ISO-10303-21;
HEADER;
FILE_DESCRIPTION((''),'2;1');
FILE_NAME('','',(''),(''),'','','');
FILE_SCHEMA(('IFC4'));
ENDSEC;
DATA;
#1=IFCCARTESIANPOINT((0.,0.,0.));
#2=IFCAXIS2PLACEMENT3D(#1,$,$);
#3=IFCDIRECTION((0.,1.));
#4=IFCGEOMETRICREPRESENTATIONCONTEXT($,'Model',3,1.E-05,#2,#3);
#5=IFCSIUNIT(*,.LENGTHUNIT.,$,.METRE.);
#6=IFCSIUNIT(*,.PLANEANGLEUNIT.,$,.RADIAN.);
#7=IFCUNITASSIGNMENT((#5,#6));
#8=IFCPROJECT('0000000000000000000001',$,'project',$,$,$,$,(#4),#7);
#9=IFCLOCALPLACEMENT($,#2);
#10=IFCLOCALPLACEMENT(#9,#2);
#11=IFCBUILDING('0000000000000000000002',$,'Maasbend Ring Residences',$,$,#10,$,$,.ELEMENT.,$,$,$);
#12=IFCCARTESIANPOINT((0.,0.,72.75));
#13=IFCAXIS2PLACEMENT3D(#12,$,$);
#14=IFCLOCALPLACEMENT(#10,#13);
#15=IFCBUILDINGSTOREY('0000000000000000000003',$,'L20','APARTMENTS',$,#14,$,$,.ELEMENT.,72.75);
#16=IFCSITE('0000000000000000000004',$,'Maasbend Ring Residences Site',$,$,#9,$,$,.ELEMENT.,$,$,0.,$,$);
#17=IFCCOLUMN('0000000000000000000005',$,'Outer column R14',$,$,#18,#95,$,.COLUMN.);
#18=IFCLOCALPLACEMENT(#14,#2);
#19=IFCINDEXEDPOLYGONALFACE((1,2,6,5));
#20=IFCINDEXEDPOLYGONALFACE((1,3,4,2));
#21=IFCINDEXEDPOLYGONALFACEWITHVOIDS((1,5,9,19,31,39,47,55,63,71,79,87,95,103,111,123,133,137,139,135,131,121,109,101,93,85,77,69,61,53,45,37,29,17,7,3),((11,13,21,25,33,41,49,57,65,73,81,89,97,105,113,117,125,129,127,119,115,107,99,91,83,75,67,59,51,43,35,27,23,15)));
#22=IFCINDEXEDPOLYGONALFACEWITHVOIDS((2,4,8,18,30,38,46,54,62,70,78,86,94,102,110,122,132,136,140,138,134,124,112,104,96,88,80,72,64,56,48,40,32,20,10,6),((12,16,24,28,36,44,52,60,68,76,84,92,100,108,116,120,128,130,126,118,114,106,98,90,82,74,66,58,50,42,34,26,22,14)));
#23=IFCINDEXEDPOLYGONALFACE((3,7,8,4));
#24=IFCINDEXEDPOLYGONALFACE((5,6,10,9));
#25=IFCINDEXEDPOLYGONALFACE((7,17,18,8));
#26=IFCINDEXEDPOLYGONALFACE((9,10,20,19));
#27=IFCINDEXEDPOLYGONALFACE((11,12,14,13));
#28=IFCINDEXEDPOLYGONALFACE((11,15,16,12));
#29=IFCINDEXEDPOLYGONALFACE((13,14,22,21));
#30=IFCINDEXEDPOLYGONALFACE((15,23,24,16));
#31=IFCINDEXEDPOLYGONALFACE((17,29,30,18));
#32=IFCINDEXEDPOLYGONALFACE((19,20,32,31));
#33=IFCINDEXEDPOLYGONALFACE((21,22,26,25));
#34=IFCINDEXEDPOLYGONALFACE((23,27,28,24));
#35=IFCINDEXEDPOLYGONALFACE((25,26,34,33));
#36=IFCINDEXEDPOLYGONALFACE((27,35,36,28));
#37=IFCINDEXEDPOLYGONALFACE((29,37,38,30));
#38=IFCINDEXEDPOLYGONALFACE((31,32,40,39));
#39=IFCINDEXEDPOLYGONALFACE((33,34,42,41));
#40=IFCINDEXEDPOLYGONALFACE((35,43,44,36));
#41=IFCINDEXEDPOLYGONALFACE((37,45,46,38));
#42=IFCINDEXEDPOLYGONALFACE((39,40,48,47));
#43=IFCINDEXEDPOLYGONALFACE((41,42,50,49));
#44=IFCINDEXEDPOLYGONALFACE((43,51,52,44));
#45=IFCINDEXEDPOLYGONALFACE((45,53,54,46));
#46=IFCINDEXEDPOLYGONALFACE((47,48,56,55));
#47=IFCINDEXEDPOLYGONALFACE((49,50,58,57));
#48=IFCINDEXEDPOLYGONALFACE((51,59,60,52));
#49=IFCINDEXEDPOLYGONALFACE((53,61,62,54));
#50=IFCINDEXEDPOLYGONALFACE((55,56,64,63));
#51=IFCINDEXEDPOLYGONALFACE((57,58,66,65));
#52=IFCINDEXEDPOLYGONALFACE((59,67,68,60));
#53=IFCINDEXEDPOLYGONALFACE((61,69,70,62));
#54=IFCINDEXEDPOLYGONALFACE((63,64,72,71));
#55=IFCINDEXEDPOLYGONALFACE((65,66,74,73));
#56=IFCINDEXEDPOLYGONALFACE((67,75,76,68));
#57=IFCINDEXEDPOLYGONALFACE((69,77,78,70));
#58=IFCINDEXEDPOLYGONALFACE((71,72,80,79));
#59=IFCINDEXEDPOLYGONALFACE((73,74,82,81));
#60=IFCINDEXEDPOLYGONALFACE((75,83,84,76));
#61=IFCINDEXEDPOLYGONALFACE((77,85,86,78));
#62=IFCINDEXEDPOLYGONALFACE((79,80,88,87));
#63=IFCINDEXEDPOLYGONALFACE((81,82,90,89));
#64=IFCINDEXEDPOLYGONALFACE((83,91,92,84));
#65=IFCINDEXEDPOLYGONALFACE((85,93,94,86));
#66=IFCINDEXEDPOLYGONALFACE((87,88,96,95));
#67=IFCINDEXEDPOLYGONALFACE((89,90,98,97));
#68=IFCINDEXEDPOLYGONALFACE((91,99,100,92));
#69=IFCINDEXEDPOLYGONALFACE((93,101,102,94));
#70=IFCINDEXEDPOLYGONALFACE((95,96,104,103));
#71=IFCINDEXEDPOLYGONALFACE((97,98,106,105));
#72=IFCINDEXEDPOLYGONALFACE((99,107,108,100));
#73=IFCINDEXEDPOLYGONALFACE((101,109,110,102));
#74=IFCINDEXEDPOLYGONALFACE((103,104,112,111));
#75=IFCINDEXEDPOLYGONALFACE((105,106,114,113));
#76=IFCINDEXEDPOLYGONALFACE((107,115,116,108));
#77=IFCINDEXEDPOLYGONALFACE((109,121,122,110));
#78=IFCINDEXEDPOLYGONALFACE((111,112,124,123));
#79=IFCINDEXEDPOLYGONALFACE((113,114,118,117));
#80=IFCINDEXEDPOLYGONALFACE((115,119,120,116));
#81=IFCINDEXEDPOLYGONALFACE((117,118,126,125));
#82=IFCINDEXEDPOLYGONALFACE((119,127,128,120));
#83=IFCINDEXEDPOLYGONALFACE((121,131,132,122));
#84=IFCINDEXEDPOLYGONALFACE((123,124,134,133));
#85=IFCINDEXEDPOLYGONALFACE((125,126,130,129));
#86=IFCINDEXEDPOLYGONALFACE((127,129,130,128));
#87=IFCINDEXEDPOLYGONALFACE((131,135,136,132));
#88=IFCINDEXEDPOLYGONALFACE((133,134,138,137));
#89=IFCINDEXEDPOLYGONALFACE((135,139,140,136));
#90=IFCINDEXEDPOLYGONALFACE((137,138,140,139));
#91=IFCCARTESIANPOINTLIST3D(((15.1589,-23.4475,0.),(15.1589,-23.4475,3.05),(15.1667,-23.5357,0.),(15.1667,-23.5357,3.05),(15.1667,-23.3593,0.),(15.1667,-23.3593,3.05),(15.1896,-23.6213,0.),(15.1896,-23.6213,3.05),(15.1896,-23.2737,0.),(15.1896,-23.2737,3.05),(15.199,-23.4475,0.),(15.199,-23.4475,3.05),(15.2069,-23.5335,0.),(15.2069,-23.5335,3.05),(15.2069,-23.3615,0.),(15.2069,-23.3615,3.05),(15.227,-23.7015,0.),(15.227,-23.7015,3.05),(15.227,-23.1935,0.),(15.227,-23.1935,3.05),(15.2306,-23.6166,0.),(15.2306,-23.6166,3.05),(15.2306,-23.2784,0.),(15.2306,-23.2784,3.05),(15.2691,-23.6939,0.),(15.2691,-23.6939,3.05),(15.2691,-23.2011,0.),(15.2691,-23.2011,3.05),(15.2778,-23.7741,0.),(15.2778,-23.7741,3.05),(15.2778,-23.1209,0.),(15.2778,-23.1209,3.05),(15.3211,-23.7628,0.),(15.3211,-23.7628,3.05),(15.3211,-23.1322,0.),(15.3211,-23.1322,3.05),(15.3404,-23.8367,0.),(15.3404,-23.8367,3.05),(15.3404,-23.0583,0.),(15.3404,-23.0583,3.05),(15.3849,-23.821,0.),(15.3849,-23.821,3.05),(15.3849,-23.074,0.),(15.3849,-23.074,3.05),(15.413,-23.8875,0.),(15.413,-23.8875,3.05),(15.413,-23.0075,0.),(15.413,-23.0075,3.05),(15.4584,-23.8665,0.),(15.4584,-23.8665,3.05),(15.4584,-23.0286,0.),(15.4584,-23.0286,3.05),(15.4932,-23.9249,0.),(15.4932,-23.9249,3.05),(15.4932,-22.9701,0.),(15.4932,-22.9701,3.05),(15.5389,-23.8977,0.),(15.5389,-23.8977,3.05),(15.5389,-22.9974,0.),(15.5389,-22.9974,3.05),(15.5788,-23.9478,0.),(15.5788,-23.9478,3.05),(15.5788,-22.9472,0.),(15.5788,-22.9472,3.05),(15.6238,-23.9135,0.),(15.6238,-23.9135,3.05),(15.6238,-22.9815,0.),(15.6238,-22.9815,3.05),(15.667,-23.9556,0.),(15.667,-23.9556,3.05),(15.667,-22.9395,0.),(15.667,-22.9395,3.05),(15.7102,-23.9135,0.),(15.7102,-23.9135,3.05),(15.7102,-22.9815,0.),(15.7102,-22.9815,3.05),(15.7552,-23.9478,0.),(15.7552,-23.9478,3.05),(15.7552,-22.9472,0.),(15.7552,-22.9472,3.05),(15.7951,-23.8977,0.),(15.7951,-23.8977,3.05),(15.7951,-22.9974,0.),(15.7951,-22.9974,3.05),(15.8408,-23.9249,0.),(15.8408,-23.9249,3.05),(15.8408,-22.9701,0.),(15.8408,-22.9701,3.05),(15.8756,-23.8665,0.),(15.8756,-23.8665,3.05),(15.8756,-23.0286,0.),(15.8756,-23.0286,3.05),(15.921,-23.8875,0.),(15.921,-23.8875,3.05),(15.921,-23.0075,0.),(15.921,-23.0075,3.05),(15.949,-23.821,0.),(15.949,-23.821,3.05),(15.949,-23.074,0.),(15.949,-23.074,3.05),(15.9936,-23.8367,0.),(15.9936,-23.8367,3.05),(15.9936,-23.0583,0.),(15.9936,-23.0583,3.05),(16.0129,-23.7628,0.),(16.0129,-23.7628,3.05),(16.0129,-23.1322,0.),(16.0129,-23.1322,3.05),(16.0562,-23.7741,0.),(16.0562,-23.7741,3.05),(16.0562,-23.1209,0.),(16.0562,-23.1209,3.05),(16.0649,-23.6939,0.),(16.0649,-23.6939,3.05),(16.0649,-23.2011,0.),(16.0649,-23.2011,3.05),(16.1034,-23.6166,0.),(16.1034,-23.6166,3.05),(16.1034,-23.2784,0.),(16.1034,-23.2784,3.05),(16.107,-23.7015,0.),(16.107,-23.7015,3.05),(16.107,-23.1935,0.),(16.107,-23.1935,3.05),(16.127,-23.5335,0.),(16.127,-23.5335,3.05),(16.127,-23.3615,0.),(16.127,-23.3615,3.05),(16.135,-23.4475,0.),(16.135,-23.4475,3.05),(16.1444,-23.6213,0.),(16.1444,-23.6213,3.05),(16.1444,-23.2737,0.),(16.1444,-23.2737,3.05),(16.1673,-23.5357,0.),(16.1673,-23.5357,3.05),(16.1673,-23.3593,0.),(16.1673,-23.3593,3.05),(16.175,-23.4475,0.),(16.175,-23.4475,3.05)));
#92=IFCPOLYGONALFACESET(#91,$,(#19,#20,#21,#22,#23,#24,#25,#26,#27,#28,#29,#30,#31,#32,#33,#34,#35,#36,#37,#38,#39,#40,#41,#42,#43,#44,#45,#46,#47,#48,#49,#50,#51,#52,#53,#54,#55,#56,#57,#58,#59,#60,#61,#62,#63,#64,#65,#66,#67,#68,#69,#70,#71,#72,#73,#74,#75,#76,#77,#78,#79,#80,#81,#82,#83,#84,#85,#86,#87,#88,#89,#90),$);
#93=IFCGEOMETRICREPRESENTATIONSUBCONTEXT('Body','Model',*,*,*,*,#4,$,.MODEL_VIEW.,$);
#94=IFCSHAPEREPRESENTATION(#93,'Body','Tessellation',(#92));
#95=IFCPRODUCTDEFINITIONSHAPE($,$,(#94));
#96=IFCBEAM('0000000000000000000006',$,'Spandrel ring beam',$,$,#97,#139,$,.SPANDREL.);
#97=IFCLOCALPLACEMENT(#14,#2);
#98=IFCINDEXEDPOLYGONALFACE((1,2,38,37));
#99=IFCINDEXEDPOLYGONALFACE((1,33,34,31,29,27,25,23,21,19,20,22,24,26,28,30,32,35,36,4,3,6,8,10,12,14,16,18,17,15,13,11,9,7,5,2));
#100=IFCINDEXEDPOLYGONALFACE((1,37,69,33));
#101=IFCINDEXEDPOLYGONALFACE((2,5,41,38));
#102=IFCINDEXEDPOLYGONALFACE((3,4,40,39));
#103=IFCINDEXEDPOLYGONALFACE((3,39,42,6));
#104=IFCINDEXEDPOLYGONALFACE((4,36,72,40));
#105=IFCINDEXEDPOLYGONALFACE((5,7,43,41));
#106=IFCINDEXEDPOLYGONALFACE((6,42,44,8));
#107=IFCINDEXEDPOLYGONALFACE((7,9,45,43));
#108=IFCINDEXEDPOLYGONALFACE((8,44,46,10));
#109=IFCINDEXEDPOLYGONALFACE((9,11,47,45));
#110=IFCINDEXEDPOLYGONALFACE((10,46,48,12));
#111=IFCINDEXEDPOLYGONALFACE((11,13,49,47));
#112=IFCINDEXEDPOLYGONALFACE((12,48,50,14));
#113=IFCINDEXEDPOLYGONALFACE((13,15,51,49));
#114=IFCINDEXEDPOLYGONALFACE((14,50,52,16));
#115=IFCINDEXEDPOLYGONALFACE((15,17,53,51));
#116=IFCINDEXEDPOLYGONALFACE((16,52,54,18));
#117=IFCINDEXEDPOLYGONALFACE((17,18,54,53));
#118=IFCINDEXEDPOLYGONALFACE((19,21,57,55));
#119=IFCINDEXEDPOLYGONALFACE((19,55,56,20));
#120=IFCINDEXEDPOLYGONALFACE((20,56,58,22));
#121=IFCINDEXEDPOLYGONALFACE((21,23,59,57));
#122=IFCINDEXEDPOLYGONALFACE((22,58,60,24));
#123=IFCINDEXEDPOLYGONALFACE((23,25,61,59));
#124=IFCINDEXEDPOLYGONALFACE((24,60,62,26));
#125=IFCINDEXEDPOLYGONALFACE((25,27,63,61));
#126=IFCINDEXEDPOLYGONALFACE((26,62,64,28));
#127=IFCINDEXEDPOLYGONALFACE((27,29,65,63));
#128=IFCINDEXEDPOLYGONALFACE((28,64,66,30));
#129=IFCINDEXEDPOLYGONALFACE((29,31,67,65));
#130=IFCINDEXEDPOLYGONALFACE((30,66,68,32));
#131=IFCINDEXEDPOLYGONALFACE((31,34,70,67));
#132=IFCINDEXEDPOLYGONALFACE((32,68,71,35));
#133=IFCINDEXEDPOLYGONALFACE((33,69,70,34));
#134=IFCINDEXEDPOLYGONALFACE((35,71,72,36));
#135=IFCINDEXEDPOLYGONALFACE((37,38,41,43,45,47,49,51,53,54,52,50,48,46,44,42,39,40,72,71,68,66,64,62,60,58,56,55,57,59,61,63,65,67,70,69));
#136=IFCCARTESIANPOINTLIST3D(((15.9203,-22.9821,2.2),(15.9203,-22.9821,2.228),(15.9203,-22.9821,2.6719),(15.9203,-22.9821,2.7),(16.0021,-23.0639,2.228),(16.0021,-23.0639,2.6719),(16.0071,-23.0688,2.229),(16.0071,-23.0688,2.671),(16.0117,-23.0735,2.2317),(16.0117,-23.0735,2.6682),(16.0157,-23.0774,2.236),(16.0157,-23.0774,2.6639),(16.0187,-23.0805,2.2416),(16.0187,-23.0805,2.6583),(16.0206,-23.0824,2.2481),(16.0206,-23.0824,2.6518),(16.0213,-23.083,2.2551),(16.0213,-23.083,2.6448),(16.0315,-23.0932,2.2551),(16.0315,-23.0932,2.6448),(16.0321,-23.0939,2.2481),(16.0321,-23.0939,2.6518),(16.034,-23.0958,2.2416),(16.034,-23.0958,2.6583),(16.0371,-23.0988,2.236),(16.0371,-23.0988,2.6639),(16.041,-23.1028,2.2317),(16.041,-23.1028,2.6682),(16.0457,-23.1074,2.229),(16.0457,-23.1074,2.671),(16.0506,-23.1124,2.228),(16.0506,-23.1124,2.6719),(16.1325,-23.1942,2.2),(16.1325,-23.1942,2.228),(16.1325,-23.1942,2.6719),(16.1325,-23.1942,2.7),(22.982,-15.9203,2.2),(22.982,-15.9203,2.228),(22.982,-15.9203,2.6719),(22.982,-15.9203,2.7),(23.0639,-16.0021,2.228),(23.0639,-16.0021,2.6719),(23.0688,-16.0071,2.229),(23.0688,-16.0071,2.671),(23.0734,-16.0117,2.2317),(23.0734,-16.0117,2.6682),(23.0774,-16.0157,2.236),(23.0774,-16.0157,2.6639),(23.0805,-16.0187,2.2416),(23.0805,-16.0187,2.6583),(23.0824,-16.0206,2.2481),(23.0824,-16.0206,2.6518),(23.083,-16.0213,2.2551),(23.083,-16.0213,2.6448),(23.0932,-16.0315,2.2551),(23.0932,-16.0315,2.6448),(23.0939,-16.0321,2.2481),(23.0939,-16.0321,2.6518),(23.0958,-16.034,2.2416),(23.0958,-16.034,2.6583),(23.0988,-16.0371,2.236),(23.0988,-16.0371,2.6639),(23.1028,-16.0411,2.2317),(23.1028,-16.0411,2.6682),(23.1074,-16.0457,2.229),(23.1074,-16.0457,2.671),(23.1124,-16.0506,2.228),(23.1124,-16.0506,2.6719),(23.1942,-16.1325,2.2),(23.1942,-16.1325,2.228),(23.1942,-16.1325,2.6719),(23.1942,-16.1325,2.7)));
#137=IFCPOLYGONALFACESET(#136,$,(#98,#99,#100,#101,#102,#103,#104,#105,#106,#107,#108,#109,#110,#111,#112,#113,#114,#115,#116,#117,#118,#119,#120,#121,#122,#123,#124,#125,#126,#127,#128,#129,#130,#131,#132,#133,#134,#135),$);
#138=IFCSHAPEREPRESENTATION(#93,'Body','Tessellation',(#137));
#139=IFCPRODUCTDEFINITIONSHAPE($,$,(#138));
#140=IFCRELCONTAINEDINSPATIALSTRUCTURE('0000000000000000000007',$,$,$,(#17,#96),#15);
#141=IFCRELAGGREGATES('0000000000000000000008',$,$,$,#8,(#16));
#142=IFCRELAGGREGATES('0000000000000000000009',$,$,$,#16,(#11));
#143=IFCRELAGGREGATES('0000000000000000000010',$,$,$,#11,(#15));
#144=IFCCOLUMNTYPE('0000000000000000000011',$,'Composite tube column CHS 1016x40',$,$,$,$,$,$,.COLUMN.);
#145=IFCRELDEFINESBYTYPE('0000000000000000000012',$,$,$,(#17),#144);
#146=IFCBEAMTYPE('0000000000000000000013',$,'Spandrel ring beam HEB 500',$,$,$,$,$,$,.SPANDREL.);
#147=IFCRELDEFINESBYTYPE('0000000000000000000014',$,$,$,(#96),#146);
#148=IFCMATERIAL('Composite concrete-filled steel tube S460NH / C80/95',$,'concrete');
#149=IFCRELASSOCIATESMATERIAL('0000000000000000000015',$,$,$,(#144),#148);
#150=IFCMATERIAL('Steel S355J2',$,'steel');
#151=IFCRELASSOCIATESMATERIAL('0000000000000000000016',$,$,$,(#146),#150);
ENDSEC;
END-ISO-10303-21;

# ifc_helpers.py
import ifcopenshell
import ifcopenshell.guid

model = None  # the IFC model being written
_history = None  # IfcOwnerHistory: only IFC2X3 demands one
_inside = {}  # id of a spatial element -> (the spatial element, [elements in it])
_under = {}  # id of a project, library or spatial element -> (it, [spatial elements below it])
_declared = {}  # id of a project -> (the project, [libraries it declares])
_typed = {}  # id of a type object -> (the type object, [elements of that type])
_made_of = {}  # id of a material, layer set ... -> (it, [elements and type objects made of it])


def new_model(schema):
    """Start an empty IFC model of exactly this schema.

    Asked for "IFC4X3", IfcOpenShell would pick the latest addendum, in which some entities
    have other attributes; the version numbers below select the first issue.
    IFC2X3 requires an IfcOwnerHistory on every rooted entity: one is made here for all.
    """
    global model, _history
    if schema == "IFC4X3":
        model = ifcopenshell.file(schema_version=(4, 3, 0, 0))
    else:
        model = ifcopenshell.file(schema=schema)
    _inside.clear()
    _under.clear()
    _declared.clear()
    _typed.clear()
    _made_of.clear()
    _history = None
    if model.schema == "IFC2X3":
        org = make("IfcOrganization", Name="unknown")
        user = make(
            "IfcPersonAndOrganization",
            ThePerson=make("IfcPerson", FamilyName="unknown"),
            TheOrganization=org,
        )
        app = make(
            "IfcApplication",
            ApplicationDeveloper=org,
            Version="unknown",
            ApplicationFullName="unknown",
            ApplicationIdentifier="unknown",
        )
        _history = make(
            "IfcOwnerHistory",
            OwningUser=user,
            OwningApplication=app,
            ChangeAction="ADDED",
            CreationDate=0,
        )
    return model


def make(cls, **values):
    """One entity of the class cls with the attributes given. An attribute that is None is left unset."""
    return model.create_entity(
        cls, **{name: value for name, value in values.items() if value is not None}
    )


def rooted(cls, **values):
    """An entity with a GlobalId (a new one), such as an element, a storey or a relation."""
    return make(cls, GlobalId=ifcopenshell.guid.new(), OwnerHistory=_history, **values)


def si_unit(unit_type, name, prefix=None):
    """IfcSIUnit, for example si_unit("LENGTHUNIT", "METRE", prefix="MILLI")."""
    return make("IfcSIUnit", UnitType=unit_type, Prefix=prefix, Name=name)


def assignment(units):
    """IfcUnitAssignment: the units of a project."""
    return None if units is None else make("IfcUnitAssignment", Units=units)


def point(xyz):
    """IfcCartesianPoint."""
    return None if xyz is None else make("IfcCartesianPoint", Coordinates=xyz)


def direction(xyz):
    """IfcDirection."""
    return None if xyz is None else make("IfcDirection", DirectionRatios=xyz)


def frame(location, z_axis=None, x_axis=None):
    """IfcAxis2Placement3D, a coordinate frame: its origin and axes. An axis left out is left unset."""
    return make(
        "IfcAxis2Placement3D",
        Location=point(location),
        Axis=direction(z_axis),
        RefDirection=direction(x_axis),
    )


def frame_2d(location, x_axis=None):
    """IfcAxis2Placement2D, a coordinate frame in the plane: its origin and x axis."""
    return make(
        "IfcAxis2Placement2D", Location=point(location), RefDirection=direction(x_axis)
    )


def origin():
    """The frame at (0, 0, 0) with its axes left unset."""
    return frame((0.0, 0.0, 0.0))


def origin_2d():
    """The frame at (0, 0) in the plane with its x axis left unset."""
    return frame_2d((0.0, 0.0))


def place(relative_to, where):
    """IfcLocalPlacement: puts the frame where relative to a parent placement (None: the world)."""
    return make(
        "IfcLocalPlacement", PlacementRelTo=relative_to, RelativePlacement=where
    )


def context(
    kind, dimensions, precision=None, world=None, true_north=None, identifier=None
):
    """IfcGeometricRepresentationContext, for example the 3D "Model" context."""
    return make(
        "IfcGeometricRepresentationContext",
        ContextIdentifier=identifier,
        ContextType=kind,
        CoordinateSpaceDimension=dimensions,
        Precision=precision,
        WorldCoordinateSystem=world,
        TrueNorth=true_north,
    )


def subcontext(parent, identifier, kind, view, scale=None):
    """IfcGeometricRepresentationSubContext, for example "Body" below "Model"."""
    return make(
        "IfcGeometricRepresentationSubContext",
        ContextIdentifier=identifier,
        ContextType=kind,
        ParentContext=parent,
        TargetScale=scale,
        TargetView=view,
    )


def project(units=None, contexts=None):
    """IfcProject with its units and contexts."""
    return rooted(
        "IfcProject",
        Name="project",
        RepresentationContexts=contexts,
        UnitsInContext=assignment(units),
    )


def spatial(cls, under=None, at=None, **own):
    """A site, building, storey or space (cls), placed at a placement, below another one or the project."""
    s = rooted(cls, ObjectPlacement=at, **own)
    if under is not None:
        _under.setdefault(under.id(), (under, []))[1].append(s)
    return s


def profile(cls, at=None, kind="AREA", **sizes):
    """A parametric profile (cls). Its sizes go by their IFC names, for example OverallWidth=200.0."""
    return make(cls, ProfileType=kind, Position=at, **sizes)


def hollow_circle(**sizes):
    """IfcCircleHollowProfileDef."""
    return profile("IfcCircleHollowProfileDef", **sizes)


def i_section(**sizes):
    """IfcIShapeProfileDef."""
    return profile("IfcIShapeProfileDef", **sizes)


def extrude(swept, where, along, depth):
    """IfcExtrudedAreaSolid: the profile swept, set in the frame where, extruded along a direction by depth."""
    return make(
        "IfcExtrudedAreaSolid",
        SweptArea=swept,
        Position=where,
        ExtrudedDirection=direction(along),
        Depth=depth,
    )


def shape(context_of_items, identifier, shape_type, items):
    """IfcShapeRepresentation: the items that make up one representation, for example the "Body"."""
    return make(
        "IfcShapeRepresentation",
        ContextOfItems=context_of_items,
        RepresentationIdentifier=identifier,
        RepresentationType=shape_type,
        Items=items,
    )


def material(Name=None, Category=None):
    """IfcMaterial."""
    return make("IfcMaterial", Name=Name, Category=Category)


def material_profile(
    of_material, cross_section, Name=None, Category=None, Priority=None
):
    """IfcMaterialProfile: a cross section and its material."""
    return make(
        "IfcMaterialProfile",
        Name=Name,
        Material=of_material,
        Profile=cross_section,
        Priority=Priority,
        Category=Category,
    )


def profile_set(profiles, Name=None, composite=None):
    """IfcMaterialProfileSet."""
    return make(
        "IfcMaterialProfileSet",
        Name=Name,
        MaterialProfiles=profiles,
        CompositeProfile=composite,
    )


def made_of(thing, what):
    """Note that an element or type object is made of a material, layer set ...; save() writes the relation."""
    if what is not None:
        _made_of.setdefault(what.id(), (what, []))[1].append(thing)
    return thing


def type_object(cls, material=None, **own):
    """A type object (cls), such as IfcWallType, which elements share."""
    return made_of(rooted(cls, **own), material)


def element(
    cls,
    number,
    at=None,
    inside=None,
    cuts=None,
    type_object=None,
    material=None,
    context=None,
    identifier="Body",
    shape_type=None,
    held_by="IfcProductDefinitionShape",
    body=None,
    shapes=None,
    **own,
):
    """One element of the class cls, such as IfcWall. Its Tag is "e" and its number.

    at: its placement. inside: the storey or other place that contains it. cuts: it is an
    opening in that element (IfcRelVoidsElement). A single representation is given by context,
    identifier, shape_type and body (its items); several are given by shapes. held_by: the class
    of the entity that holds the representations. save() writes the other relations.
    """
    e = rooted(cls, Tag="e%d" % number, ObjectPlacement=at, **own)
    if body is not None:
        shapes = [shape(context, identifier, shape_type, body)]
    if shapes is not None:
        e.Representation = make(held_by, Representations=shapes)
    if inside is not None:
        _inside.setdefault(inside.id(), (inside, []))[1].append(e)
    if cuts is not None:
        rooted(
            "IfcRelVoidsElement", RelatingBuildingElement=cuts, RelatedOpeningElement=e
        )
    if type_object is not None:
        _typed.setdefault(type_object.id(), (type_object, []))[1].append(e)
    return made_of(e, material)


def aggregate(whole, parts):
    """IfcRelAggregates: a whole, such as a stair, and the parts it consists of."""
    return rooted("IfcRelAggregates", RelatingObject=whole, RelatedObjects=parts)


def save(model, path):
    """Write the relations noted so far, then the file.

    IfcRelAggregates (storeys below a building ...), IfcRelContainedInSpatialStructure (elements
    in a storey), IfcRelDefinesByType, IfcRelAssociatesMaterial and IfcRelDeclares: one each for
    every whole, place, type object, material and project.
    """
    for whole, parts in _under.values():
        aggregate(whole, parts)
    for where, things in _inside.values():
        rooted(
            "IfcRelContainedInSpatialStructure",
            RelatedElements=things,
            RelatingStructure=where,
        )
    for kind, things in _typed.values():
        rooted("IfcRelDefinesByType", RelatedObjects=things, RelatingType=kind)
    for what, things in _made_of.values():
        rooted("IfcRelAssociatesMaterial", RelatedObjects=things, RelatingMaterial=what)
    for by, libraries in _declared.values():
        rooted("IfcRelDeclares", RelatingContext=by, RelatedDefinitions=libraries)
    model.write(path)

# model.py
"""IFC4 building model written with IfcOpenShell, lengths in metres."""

from ifc_helpers import new_model, si_unit, direction, frame, origin, origin_2d, place, context, subcontext, project, spatial, hollow_circle, i_section, extrude, material, material_profile, profile_set, type_object, element, save


model = new_model("IFC4")

# Units and contexts
model_context = context("Model", 3, precision=1e-05, world=origin(), true_north=direction((0.0, 1.0)))
body_context = subcontext(model_context, "Body", "Model", "MODEL_VIEW")
ifc_project = project(units=[si_unit("LENGTHUNIT", "METRE"), si_unit("PLANEANGLEUNIT", "RADIAN")], contexts=[model_context])

# Site, building, storey
site_placement = place(None, origin())
site = spatial("IfcSite", under=ifc_project, at=site_placement, Name="Maasbend Ring Residences Site", CompositionType="ELEMENT", RefElevation=0.0)
building_placement = place(site_placement, origin())
building = spatial("IfcBuilding", under=site, at=building_placement, Name="Maasbend Ring Residences", CompositionType="ELEMENT")
storey_placement = place(building_placement, frame((0.0, 0.0, 72.75)))
storey = spatial("IfcBuildingStorey", under=building, at=storey_placement, Name="L20", Description="APARTMENTS", CompositionType="ELEMENT", Elevation=72.75)

# Column
ifc_material_1 = material(Name="Composite concrete-filled steel tube S460NH / C80/95", Category="concrete")
ifc_material_profile_1 = material_profile(ifc_material_1, hollow_circle(Radius=0.5081, WallThickness=0.04, at=origin_2d()), Name="Composite tube column CHS 1016x40")
ifc_profile_set_1 = profile_set([ifc_material_profile_1], Name="Composite concrete-filled steel tube S460NH / C80/95")
column_type = type_object("IfcColumnType", Name="Composite tube column CHS 1016x40", PredefinedType="COLUMN", material=ifc_profile_set_1)
column_placement = place(storey_placement, frame((15.667, -23.4475, 0.0), z_axis=(0.0, 0.0, 1.0), x_axis=(1.0, 0.0, 0.0)))
element("IfcColumn", 1, at=column_placement, inside=storey, type_object=column_type, Name="Outer column R14", PredefinedType="COLUMN", context=body_context, shape_type="SweptSolid", body=[
    extrude(hollow_circle(Radius=0.5081, WallThickness=0.04, at=origin_2d()), origin(), (0.0, 0.0, 1.0), 3.05),
])

# Beam
ifc_material_2 = material(Name="Steel S355J2", Category="steel")
ifc_material_profile_2 = material_profile(ifc_material_2, i_section(OverallWidth=0.3, OverallDepth=0.5, WebThickness=0.0144, FlangeThickness=0.0281, FilletRadius=0.0271, at=origin_2d()), Name="HEB 500")
ifc_profile_set_2 = profile_set([ifc_material_profile_2], Name="Steel S355J2")
beam_type = type_object("IfcBeamType", Name="Spandrel ring beam HEB 500", PredefinedType="SPANDREL", material=ifc_profile_set_2)
beam_placement = place(storey_placement, frame((16.0264, -23.0881, 2.45), z_axis=(0.707107, 0.707107, 0.0), x_axis=(-0.707107, 0.707107, 0.0)))
element("IfcBeam", 2, at=beam_placement, inside=storey, type_object=beam_type, Name="Spandrel ring beam", PredefinedType="SPANDREL", context=body_context, shape_type="SweptSolid", body=[
    extrude(i_section(OverallWidth=0.3, OverallDepth=0.5, WebThickness=0.0144, FlangeThickness=0.0281, FilletRadius=0.0271, at=origin_2d()), origin(), (0.0, 0.0, 1.0), 9.9868),
])

save(model, "model.ifc")
